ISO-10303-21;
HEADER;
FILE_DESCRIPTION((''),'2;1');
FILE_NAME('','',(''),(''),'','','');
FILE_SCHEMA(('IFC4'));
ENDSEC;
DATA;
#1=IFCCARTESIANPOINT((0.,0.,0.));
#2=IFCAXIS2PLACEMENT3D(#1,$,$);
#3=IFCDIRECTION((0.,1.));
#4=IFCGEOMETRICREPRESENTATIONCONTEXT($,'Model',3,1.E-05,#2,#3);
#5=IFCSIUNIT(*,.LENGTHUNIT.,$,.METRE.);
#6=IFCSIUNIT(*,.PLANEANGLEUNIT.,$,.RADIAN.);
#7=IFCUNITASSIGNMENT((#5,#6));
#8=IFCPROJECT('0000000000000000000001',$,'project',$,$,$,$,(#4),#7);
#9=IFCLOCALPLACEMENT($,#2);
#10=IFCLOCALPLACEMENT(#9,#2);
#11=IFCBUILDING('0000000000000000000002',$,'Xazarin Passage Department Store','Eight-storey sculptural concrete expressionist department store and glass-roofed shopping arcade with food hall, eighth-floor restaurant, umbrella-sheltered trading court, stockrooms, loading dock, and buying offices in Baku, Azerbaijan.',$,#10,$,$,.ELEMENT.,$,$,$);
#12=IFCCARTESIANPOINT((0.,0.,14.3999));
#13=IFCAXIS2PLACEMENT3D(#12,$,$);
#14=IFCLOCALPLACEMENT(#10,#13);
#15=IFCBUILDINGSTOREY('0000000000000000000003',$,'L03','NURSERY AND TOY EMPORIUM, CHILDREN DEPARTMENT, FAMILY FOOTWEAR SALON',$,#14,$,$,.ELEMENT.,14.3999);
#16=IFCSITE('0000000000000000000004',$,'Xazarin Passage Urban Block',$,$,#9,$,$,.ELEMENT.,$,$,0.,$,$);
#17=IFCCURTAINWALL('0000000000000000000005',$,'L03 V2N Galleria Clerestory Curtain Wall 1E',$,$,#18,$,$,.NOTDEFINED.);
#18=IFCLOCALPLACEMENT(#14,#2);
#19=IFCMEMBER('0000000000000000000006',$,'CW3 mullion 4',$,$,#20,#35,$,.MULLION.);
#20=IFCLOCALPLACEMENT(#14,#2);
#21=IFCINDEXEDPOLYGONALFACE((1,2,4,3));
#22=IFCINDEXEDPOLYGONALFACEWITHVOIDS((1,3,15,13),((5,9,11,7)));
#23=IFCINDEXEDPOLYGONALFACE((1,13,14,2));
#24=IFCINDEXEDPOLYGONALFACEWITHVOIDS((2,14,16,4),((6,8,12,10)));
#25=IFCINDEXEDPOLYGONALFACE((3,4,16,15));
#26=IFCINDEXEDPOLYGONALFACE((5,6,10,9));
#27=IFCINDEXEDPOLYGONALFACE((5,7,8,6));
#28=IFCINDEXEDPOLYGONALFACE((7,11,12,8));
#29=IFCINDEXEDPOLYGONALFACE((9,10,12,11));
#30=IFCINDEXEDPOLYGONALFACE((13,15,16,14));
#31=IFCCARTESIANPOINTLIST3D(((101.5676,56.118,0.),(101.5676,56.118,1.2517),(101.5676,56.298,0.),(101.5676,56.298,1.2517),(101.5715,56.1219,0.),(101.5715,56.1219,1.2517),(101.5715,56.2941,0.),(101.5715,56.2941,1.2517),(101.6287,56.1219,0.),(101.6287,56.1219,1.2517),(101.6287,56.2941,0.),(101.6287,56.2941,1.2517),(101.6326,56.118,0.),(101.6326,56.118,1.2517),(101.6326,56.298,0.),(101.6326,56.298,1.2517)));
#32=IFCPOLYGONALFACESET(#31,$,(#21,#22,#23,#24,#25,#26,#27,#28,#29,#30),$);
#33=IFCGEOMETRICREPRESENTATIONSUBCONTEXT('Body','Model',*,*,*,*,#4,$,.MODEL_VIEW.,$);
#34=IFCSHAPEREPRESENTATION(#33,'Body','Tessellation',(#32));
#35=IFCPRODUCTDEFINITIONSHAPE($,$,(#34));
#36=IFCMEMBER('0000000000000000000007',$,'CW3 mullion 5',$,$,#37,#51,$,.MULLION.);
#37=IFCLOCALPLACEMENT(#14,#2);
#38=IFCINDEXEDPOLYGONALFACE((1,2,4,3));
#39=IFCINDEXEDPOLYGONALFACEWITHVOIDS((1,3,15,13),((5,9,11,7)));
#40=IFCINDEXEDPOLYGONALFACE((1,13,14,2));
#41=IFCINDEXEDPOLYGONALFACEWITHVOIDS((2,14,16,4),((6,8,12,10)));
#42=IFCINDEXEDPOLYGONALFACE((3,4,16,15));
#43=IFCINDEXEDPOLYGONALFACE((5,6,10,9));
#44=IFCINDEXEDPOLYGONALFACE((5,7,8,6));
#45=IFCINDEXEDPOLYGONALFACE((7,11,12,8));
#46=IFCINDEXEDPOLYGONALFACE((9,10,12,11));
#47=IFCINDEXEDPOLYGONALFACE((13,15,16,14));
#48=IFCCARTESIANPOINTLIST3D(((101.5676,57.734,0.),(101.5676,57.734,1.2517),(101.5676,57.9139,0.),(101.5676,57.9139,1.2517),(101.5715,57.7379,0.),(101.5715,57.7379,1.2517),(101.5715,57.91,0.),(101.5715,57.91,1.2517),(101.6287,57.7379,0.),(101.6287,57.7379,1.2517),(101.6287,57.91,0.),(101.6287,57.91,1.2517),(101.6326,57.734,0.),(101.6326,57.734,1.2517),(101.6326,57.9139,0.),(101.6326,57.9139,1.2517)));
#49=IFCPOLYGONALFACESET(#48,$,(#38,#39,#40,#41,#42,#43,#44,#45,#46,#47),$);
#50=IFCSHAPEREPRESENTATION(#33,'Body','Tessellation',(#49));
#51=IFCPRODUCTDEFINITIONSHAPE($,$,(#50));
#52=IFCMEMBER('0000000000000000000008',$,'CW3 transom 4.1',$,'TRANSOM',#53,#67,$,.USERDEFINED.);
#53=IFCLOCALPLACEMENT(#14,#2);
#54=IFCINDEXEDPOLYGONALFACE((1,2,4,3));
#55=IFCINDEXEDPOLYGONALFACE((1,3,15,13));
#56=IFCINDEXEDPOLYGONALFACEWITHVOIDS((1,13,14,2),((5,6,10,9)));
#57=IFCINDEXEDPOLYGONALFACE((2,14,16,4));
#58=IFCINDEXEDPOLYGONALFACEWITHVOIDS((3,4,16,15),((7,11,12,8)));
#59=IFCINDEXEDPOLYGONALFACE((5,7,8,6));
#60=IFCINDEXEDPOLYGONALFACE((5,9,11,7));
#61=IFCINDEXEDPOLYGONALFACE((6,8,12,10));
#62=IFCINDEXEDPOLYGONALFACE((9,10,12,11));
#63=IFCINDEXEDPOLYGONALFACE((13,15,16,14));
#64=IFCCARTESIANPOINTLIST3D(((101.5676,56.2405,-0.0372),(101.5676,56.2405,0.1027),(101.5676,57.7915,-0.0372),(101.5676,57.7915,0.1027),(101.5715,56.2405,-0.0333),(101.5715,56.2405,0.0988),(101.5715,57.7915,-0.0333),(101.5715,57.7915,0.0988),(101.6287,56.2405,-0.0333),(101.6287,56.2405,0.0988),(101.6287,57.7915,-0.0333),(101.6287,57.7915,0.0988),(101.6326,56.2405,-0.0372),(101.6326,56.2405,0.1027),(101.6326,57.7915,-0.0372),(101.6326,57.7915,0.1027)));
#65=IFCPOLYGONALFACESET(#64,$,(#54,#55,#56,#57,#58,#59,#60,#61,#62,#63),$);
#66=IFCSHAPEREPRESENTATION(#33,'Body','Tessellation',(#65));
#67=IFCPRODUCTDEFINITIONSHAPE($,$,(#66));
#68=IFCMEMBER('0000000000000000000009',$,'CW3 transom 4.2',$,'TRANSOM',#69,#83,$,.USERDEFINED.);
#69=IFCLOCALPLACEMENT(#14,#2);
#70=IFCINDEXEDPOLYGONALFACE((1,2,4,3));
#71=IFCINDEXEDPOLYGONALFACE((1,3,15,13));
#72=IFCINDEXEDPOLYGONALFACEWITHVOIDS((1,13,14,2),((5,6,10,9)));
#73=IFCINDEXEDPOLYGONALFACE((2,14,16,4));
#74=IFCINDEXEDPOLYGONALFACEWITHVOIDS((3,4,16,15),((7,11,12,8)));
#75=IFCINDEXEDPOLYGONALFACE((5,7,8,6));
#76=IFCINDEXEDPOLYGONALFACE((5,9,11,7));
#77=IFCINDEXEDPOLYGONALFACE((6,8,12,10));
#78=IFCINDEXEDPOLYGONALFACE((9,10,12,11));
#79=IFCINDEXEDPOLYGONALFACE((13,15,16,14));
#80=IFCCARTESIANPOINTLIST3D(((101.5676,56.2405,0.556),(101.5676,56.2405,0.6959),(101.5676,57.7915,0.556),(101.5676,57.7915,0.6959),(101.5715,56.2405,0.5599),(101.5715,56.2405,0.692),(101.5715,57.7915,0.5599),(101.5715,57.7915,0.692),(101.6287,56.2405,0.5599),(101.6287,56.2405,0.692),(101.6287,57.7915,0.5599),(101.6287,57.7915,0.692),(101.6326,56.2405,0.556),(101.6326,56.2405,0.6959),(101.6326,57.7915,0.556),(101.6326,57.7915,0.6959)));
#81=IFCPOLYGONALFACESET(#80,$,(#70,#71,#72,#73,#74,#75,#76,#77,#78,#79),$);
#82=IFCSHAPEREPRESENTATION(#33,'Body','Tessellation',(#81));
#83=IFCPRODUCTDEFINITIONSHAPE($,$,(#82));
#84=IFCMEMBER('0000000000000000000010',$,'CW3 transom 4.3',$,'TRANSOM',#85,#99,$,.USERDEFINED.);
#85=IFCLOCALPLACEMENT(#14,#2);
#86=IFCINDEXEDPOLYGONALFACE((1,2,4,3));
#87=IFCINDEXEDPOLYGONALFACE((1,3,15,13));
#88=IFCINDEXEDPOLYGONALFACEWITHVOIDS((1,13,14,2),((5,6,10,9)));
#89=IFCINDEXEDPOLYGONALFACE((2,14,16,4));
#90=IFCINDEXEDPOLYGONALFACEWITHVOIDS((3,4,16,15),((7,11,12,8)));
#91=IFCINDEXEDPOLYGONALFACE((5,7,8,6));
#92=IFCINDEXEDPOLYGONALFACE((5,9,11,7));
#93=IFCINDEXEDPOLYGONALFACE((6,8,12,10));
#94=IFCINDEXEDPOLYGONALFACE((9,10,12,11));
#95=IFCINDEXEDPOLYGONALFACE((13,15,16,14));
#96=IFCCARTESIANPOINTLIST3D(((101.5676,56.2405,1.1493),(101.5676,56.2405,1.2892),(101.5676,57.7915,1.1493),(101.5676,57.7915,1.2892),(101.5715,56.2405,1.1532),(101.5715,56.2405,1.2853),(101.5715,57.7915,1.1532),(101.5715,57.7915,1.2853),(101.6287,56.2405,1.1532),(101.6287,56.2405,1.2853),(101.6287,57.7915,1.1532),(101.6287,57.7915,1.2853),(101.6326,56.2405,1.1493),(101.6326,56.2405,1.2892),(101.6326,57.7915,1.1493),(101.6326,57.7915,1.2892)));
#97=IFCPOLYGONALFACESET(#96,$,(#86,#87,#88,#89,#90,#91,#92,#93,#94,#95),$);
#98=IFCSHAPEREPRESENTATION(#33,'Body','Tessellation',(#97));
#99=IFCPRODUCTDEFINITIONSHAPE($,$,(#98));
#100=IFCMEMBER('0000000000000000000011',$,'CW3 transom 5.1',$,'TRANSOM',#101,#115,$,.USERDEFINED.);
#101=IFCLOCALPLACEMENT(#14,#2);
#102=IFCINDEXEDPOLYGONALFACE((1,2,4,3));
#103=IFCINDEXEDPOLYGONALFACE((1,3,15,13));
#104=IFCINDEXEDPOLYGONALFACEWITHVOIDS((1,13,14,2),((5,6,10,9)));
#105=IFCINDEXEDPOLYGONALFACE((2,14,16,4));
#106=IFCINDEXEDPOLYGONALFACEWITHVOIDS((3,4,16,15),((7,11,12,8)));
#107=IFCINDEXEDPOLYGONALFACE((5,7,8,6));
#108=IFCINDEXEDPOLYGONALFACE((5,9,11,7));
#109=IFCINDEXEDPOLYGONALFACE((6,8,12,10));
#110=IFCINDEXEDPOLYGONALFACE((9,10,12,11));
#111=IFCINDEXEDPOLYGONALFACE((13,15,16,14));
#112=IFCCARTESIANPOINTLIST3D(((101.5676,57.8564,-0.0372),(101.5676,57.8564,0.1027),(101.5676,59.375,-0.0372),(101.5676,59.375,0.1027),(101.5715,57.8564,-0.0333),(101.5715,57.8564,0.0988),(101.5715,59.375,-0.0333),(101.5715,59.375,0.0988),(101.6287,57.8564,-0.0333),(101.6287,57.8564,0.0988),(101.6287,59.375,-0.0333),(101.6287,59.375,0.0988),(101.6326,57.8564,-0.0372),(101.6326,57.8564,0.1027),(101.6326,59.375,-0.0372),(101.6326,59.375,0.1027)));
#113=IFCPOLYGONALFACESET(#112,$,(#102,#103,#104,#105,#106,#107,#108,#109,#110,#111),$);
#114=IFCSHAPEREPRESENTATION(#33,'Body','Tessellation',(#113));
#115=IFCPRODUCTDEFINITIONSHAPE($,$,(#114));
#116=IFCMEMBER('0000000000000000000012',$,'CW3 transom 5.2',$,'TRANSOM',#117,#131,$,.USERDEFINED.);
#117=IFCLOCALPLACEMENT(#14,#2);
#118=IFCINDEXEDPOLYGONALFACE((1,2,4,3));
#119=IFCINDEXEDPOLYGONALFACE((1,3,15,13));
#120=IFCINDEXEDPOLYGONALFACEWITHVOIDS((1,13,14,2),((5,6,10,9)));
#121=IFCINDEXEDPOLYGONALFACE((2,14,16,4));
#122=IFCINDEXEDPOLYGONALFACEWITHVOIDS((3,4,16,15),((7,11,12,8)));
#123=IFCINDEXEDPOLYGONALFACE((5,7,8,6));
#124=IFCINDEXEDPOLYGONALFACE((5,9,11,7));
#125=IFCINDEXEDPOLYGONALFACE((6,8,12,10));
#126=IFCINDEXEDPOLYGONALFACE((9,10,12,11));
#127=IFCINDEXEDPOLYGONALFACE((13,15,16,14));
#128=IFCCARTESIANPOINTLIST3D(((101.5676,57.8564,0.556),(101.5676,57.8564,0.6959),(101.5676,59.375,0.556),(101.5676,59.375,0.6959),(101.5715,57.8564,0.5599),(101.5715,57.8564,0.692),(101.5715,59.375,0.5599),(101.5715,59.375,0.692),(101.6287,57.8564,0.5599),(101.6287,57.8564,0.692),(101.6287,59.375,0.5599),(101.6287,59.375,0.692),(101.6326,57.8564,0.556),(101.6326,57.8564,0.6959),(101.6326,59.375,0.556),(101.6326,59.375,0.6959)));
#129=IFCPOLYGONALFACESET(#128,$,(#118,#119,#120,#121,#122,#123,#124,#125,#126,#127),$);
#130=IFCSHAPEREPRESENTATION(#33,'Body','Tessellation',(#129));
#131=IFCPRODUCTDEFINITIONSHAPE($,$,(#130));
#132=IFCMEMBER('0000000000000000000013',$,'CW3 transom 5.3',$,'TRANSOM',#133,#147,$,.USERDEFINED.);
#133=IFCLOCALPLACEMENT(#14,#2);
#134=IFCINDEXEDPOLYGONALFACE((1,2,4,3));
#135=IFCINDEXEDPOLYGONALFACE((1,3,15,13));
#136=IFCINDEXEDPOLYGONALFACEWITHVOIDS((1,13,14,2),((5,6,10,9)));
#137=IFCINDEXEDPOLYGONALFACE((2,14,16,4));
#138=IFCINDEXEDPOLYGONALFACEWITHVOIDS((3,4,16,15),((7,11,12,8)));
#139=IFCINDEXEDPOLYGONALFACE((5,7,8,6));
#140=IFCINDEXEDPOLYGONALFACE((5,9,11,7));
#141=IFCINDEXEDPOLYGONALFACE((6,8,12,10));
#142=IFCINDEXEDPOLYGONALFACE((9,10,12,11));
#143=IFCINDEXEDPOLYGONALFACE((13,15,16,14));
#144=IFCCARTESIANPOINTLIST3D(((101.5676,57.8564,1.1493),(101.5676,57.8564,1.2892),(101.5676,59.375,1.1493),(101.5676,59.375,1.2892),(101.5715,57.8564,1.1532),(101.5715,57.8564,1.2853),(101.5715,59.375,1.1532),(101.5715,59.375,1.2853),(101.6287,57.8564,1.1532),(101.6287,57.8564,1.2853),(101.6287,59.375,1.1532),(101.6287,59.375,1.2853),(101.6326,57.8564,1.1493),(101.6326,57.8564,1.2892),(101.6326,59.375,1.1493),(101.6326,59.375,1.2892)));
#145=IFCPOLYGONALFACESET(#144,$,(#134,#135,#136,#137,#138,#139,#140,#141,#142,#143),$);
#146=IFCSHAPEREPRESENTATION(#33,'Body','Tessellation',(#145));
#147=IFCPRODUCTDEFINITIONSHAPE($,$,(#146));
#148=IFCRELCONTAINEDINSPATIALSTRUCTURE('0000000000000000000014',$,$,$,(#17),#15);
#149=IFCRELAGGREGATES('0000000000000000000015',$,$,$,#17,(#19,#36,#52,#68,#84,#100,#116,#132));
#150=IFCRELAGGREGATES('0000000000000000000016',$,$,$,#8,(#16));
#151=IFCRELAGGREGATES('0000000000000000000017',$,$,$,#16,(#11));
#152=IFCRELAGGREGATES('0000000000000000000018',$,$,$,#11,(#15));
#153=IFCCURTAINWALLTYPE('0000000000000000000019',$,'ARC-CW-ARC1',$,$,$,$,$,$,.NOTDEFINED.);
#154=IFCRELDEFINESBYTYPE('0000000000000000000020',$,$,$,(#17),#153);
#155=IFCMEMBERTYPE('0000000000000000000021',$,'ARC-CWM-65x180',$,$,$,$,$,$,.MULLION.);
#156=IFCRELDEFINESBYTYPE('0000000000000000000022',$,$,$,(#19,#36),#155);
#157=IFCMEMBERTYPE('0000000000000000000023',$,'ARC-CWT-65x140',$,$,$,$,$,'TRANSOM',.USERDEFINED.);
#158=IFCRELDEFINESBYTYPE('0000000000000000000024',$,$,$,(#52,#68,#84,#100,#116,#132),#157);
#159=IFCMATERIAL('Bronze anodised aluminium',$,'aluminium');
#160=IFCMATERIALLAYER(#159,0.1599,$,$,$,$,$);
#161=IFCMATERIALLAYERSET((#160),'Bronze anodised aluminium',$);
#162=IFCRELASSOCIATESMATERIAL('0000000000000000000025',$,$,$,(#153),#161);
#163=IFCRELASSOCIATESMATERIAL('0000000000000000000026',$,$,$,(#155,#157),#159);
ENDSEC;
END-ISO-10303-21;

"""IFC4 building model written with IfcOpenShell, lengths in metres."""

from ifc_helpers import new_model, si_unit, direction, frame, origin, origin_2d, place, context, subcontext, project, spatial, hollow_rectangle, extrude, material, layer, layer_set, material_profile, profile_set, type_object, element, aggregate, save


model = new_model("IFC4")

# Units and contexts
model_context = context("Model", 3, precision=1e-05, world=origin(), true_north=direction((0.0, 1.0)))
body_context = subcontext(model_context, "Body", "Model", "MODEL_VIEW")
ifc_project = project(units=[si_unit("LENGTHUNIT", "METRE"), si_unit("PLANEANGLEUNIT", "RADIAN")], contexts=[model_context])

# Site, building, storey
site_placement = place(None, origin())
site = spatial("IfcSite", under=ifc_project, at=site_placement, Name="Xazarin Passage Urban Block", CompositionType="ELEMENT", RefElevation=0.0)
building_placement = place(site_placement, origin())
building = spatial("IfcBuilding", under=site, at=building_placement, Name="Xazarin Passage Department Store", Description="Eight-storey sculptural concrete expressionist department store and glass-roofed shopping arcade with food hall, eighth-floor restaurant, umbrella-sheltered trading court, stockrooms, loading dock, and buying offices in Baku, Azerbaijan.", CompositionType="ELEMENT")
storey_placement = place(building_placement, frame((0.0, 0.0, 14.3999)))
storey = spatial("IfcBuildingStorey", under=building, at=storey_placement, Name="L03", Description="NURSERY AND TOY EMPORIUM, CHILDREN DEPARTMENT, FAMILY FOOTWEAR SALON", CompositionType="ELEMENT", Elevation=14.3999)

# Curtain wall, members
ifc_material_1 = material(Name="Bronze anodised aluminium", Category="aluminium")
ifc_layer_1 = layer(ifc_material_1, 0.1599)
ifc_layer_set_1 = layer_set([ifc_layer_1], Name="Bronze anodised aluminium")
curtain_wall_type = type_object("IfcCurtainWallType", Name="ARC-CW-ARC1", PredefinedType="NOTDEFINED", material=ifc_layer_set_1)
curtain_wall_placement = place(storey_placement, origin())
curtain_wall = element("IfcCurtainWall", 1, at=curtain_wall_placement, inside=storey, type_object=curtain_wall_type, Name="L03 V2N Galleria Clerestory Curtain Wall 1E", PredefinedType="NOTDEFINED")
ifc_material_profile_1 = material_profile(ifc_material_1, hollow_rectangle(XDim=0.0649, YDim=0.1799, WallThickness=0.0039, at=origin_2d()), Name="ALU 65x180")
ifc_profile_set_1 = profile_set([ifc_material_profile_1], Name="Bronze anodised aluminium")
member_type_1 = type_object("IfcMemberType", Name="ARC-CWM-65x180", PredefinedType="MULLION", material=ifc_profile_set_1)
member_1_placement = place(storey_placement, frame((101.6001, 56.208, 0.0), z_axis=(0.0, 0.0, 1.0), x_axis=(-1.0, 0.0, 0.0)))
member_1 = element("IfcMember", 2, at=member_1_placement, type_object=member_type_1, Name="CW3 mullion 4", PredefinedType="MULLION", context=body_context, shape_type="SweptSolid", body=[
    extrude(hollow_rectangle(XDim=0.0649, YDim=0.1799, WallThickness=0.0039, at=origin_2d()), origin(), (0.0, 0.0, 1.0), 1.2517),
])
member_2_placement = place(storey_placement, frame((101.6001, 57.824, 0.0), z_axis=(0.0, 0.0, 1.0), x_axis=(-1.0, 0.0, 0.0)))
member_2 = element("IfcMember", 3, at=member_2_placement, type_object=member_type_1, Name="CW3 mullion 5", PredefinedType="MULLION", context=body_context, shape_type="SweptSolid", body=[
    extrude(hollow_rectangle(XDim=0.0649, YDim=0.1799, WallThickness=0.0039, at=origin_2d()), origin(), (0.0, 0.0, 1.0), 1.2517),
])
ifc_material_profile_2 = material_profile(ifc_material_1, hollow_rectangle(XDim=0.0649, YDim=0.1399, WallThickness=0.0039, at=origin_2d()), Name="ALU 65x140")
ifc_profile_set_2 = profile_set([ifc_material_profile_2], Name="Bronze anodised aluminium")
member_type_2 = type_object("IfcMemberType", Name="ARC-CWT-65x140", ElementType="TRANSOM", PredefinedType="USERDEFINED", material=ifc_profile_set_2)
member_3_placement = place(storey_placement, frame((101.6001, 56.2405, 0.0327), z_axis=(0.0, 1.0, 0.0), x_axis=(-1.0, 0.0, 0.0)))
member_3 = element("IfcMember", 4, at=member_3_placement, type_object=member_type_2, Name="CW3 transom 4.1", ObjectType="TRANSOM", PredefinedType="USERDEFINED", context=body_context, shape_type="SweptSolid", body=[
    extrude(hollow_rectangle(XDim=0.0649, YDim=0.1399, WallThickness=0.0039, at=origin_2d()), origin(), (0.0, 0.0, 1.0), 1.551),
])
member_4_placement = place(storey_placement, frame((101.6001, 56.2405, 0.626), z_axis=(0.0, 1.0, 0.0), x_axis=(-1.0, 0.0, 0.0)))
member_4 = element("IfcMember", 5, at=member_4_placement, type_object=member_type_2, Name="CW3 transom 4.2", ObjectType="TRANSOM", PredefinedType="USERDEFINED", context=body_context, shape_type="SweptSolid", body=[
    extrude(hollow_rectangle(XDim=0.0649, YDim=0.1399, WallThickness=0.0039, at=origin_2d()), origin(), (0.0, 0.0, 1.0), 1.551),
])
member_5_placement = place(storey_placement, frame((101.6001, 56.2405, 1.2192), z_axis=(0.0, 1.0, 0.0), x_axis=(-1.0, 0.0, 0.0)))
member_5 = element("IfcMember", 6, at=member_5_placement, type_object=member_type_2, Name="CW3 transom 4.3", ObjectType="TRANSOM", PredefinedType="USERDEFINED", context=body_context, shape_type="SweptSolid", body=[
    extrude(hollow_rectangle(XDim=0.0649, YDim=0.1399, WallThickness=0.0039, at=origin_2d()), origin(), (0.0, 0.0, 1.0), 1.551),
])
member_6_placement = place(storey_placement, frame((101.6001, 57.8564, 0.0327), z_axis=(0.0, 1.0, 0.0), x_axis=(-1.0, 0.0, 0.0)))
member_6 = element("IfcMember", 7, at=member_6_placement, type_object=member_type_2, Name="CW3 transom 5.1", ObjectType="TRANSOM", PredefinedType="USERDEFINED", context=body_context, shape_type="SweptSolid", body=[
    extrude(hollow_rectangle(XDim=0.0649, YDim=0.1399, WallThickness=0.0039, at=origin_2d()), origin(), (0.0, 0.0, 1.0), 1.5186),
])
member_7_placement = place(storey_placement, frame((101.6001, 57.8564, 0.626), z_axis=(0.0, 1.0, 0.0), x_axis=(-1.0, 0.0, 0.0)))
member_7 = element("IfcMember", 8, at=member_7_placement, type_object=member_type_2, Name="CW3 transom 5.2", ObjectType="TRANSOM", PredefinedType="USERDEFINED", context=body_context, shape_type="SweptSolid", body=[
    extrude(hollow_rectangle(XDim=0.0649, YDim=0.1399, WallThickness=0.0039, at=origin_2d()), origin(), (0.0, 0.0, 1.0), 1.5186),
])
member_8_placement = place(storey_placement, frame((101.6001, 57.8564, 1.2192), z_axis=(0.0, 1.0, 0.0), x_axis=(-1.0, 0.0, 0.0)))
member_8 = element("IfcMember", 9, at=member_8_placement, type_object=member_type_2, Name="CW3 transom 5.3", ObjectType="TRANSOM", PredefinedType="USERDEFINED", context=body_context, shape_type="SweptSolid", body=[
    extrude(hollow_rectangle(XDim=0.0649, YDim=0.1399, WallThickness=0.0039, at=origin_2d()), origin(), (0.0, 0.0, 1.0), 1.5186),
])

aggregate(curtain_wall, [member_1, member_2, member_3, member_4, member_5, member_6, member_7, member_8])

save(model, "model.ifc")
